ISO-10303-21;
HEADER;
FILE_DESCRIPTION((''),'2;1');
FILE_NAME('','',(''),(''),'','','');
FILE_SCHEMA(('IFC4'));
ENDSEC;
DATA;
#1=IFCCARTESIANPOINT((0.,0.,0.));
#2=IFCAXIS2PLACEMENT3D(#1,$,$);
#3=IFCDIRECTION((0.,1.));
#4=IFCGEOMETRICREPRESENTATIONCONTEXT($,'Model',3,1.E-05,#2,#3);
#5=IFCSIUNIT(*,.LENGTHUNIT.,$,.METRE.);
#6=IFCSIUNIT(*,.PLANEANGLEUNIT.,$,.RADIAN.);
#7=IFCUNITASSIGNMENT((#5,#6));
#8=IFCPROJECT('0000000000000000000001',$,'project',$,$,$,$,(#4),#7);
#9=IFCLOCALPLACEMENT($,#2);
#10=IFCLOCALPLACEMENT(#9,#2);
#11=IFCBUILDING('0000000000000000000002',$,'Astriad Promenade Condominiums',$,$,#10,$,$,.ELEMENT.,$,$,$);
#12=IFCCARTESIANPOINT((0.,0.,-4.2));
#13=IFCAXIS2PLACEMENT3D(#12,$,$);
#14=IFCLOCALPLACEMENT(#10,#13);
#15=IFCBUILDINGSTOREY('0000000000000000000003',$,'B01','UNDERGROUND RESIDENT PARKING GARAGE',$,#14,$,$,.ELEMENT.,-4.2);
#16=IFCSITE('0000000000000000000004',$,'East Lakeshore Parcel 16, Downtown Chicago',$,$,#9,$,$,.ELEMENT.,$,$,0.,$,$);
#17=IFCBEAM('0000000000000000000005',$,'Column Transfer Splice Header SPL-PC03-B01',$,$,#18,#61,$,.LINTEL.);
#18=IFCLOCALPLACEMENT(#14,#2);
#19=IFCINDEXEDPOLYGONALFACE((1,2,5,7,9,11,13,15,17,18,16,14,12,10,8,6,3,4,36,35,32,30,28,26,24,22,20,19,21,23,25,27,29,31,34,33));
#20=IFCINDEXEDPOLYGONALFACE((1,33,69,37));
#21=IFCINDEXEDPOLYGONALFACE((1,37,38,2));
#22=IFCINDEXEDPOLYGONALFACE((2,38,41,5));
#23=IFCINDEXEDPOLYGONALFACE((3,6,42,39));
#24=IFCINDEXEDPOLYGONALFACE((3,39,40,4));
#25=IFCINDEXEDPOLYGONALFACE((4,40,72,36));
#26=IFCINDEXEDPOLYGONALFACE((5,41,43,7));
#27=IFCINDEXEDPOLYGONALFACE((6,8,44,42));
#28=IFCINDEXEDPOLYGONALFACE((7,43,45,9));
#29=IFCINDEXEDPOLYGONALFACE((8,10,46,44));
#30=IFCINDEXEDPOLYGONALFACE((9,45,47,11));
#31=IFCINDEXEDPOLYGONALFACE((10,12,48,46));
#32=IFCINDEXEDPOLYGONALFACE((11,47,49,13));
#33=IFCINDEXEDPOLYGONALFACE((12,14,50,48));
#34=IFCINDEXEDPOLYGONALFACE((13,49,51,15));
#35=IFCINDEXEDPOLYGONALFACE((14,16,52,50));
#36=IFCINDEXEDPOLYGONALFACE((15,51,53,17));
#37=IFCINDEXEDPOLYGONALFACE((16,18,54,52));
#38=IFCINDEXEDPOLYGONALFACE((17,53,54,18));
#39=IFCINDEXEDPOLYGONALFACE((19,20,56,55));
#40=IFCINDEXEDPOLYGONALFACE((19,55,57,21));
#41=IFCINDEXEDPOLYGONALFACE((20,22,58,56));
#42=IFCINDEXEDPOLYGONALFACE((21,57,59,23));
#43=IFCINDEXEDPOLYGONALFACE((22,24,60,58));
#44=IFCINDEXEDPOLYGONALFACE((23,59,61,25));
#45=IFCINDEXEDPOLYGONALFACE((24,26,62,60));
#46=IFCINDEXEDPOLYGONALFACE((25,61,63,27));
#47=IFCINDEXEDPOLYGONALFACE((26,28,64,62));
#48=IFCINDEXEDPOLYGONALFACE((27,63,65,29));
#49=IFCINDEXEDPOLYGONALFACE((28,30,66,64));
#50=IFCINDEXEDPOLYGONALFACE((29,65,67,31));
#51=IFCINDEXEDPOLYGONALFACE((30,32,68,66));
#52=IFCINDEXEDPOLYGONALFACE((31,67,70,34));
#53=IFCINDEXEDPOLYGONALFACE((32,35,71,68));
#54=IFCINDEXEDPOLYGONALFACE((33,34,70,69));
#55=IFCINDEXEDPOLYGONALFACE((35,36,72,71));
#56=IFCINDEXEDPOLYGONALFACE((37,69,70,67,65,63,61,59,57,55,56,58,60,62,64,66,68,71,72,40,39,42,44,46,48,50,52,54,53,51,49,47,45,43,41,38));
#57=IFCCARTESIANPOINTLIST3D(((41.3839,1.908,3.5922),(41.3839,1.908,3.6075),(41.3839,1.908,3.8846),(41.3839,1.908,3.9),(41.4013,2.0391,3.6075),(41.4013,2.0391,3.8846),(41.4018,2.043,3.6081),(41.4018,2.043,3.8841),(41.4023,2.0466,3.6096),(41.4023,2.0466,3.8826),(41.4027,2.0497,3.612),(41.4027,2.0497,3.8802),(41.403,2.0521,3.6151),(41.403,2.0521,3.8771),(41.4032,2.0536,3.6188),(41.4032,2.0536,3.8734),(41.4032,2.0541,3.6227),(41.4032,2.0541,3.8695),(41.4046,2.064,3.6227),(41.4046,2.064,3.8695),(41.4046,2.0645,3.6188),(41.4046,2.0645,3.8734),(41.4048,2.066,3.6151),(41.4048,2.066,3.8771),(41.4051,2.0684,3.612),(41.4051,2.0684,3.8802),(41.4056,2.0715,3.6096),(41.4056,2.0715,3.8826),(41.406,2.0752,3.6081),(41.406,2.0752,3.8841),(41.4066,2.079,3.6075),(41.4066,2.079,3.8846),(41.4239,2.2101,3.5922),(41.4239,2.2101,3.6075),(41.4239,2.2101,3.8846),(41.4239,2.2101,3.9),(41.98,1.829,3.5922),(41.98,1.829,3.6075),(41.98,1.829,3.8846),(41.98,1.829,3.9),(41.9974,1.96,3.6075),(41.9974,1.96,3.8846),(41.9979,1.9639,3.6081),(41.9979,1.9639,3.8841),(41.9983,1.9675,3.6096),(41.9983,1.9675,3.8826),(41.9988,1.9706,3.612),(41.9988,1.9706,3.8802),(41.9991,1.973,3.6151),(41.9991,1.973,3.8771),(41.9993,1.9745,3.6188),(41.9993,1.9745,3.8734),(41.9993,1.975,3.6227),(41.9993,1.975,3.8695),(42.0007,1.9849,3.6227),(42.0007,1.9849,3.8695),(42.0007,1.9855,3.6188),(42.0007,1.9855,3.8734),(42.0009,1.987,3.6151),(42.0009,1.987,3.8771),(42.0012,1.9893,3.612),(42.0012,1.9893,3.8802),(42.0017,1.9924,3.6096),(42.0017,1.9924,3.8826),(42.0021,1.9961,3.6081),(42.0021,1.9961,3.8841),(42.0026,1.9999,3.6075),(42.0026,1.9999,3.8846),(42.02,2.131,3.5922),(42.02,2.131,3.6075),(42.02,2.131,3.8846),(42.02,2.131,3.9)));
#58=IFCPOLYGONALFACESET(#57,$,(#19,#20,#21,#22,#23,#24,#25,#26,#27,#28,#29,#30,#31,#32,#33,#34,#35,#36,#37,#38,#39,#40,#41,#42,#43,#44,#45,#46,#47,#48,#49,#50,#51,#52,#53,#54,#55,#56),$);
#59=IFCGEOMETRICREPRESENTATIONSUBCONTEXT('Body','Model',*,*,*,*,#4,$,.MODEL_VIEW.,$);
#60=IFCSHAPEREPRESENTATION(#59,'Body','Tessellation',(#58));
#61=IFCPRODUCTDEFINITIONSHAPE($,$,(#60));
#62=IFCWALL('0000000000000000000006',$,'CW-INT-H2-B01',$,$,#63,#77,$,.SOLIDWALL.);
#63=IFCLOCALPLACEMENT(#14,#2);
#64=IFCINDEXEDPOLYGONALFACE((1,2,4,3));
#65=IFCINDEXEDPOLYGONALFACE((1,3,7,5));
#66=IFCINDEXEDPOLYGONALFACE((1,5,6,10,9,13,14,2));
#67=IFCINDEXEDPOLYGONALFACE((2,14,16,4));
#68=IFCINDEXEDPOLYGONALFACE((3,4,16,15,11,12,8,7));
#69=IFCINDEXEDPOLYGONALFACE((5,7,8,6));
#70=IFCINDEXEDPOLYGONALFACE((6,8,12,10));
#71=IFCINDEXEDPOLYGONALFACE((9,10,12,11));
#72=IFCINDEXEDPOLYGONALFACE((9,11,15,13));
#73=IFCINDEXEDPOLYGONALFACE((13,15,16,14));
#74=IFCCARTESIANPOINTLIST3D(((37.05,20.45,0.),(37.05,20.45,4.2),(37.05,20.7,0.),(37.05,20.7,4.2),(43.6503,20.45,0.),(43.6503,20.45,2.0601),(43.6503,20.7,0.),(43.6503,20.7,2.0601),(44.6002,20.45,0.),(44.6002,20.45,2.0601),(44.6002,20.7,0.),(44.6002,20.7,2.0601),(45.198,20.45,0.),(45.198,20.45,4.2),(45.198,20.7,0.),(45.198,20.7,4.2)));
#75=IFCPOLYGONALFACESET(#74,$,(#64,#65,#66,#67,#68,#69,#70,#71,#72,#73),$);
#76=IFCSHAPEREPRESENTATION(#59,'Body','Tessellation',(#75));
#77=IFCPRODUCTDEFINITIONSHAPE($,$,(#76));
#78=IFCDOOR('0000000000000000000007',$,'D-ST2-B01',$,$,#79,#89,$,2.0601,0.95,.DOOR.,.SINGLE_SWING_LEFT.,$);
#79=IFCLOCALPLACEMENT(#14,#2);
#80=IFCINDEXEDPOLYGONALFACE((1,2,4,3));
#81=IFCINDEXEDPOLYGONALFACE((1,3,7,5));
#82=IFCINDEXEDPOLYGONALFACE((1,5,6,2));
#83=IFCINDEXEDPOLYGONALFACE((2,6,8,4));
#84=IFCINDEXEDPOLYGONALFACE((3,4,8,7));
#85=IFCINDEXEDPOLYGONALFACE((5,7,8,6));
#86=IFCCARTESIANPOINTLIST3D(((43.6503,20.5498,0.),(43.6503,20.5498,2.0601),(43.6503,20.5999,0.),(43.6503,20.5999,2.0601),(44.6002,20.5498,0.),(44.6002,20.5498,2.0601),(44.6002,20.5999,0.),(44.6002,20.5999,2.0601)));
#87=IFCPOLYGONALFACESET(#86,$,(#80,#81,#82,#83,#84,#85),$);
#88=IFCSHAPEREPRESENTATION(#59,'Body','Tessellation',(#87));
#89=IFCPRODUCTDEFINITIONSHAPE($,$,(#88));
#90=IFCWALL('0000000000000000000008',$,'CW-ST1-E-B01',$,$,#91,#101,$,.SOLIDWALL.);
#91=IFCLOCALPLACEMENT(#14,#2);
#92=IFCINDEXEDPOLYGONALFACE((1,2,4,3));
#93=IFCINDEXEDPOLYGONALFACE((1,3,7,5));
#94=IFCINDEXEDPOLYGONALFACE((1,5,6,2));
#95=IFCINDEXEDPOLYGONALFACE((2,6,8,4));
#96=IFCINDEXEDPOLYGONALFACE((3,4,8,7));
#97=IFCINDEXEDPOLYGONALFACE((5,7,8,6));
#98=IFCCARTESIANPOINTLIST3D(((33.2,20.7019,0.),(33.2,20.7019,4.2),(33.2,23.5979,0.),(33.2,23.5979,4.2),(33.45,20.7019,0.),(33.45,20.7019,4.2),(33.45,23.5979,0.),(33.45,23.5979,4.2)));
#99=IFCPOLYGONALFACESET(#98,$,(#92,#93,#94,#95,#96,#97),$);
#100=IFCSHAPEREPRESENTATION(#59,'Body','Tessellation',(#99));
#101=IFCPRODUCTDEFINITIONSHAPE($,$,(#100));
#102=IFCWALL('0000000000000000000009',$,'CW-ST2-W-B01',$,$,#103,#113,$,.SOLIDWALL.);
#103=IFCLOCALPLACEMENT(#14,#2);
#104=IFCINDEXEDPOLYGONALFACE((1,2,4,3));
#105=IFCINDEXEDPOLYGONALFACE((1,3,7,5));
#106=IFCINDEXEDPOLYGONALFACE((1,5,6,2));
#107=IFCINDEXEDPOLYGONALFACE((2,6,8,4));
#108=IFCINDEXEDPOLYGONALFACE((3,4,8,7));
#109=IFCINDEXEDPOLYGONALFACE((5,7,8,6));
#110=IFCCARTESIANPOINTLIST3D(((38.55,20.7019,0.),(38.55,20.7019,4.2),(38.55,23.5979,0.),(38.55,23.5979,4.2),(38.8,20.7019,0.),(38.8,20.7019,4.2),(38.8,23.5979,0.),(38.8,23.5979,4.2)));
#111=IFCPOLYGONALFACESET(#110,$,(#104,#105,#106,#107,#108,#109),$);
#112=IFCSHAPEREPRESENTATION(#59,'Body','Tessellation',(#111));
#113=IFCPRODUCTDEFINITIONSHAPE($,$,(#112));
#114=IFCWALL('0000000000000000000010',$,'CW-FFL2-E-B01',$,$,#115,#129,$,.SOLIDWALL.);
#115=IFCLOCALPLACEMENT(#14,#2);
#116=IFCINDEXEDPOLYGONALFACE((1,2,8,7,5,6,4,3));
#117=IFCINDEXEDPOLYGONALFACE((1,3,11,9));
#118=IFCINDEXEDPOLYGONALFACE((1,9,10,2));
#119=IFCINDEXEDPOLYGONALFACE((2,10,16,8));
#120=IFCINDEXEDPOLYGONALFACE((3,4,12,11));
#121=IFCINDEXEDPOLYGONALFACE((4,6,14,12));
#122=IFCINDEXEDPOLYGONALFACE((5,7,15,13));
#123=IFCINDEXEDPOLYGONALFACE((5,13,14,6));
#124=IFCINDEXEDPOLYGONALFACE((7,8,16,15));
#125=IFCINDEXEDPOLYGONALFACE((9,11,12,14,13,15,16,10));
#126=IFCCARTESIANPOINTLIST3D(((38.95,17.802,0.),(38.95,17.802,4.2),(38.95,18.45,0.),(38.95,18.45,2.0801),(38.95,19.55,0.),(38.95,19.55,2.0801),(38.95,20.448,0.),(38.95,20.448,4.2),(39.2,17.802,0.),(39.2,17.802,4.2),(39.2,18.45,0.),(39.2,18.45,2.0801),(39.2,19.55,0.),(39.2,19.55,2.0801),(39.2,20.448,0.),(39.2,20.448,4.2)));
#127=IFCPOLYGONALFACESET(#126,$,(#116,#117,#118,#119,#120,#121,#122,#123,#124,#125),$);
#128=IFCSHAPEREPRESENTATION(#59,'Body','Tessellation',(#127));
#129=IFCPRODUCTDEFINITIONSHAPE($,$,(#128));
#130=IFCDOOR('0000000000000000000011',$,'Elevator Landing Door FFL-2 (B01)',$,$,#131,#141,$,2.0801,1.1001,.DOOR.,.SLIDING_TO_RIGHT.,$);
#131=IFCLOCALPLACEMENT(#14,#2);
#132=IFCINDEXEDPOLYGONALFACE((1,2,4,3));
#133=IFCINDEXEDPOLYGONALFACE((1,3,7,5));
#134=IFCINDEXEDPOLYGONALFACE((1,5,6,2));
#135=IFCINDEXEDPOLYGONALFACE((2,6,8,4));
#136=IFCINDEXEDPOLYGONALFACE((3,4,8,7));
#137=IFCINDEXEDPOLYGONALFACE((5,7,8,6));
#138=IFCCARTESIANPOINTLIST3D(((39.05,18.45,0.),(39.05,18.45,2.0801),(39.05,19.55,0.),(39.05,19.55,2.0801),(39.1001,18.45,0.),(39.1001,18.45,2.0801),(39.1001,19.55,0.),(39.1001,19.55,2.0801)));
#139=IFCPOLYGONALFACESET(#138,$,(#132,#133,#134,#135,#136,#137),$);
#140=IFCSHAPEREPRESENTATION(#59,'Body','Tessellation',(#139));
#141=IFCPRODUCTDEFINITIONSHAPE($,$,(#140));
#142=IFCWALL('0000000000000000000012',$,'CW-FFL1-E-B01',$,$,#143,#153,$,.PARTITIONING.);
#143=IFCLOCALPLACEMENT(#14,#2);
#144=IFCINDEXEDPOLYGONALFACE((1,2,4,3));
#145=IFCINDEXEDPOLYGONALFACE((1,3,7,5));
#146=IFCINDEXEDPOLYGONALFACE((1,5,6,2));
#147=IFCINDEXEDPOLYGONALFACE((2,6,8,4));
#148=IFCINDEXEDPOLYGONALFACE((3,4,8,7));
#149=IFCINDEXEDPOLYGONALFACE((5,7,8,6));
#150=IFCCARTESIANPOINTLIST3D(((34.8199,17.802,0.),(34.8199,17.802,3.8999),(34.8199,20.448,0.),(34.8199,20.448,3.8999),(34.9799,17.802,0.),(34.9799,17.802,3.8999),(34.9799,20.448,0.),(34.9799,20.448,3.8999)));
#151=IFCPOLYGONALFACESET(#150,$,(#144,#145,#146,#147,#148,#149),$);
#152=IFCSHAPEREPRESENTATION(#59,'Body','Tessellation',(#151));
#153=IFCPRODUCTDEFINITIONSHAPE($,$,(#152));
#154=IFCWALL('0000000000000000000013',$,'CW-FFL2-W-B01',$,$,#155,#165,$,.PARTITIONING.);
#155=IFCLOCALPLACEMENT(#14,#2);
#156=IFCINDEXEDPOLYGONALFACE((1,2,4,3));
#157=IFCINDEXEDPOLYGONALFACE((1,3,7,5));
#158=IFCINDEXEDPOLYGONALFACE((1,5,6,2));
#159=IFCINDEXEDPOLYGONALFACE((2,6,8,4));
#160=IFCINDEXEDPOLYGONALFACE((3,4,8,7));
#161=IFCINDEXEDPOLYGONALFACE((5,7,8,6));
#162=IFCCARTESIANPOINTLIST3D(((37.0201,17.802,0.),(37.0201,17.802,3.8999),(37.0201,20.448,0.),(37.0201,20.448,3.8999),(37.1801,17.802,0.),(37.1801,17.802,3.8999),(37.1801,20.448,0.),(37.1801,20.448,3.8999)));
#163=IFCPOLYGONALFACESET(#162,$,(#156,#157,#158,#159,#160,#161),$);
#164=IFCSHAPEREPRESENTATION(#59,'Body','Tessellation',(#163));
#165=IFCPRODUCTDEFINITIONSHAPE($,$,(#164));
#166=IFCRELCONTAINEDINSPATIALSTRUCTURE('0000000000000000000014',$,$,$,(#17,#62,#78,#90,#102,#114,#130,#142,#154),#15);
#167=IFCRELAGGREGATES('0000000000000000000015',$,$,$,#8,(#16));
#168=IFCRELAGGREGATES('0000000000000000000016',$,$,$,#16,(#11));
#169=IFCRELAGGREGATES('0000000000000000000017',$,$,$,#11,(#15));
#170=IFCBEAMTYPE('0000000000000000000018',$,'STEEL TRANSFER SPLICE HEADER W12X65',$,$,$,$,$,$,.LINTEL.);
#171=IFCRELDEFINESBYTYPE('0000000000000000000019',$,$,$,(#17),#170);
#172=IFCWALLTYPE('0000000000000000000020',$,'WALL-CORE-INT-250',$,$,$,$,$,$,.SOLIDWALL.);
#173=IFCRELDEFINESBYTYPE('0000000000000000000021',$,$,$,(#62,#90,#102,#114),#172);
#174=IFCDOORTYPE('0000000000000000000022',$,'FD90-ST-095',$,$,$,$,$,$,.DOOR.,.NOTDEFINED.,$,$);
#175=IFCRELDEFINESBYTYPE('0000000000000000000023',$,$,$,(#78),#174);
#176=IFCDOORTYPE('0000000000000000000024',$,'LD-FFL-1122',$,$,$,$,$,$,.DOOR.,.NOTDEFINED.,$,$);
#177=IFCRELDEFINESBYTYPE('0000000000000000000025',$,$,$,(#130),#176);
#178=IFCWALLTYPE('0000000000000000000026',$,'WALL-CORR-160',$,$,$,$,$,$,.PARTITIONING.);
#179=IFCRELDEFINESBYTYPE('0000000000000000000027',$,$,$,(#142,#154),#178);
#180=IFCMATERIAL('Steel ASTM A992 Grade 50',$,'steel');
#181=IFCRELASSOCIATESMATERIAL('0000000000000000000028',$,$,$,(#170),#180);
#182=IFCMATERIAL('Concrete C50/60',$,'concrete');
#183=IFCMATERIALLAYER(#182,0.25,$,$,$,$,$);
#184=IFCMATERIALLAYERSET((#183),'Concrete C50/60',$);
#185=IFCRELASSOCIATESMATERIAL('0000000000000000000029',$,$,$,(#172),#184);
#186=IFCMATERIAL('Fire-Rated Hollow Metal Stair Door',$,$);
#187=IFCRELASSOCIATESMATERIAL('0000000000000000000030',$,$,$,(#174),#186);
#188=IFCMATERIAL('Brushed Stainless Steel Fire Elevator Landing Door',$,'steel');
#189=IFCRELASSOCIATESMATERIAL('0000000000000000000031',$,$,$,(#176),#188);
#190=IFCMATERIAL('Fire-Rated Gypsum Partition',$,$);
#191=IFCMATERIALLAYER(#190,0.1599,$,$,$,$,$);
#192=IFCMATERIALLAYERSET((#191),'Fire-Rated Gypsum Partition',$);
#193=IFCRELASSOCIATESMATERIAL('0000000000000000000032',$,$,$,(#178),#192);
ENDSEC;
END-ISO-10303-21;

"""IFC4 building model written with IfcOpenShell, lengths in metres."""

from ifc_helpers import new_model, si_unit, direction, frame, frame_2d, origin, origin_2d, place, context, subcontext, project, spatial, rectangle, i_section, extrude, source, transform, mapped, material, layer, layer_set, material_profile, profile_set, type_object, type_shapes, element, fill, save


model = new_model("IFC4")

# Units and contexts
model_context = context("Model", 3, precision=1e-05, world=origin(), true_north=direction((0.0, 1.0)))
body_context = subcontext(model_context, "Body", "Model", "MODEL_VIEW")
ifc_project = project(units=[si_unit("LENGTHUNIT", "METRE"), si_unit("PLANEANGLEUNIT", "RADIAN")], contexts=[model_context])

# Site, building, storey
site_placement = place(None, origin())
site = spatial("IfcSite", under=ifc_project, at=site_placement, Name="East Lakeshore Parcel 16, Downtown Chicago", CompositionType="ELEMENT", RefElevation=0.0)
building_placement = place(site_placement, origin())
building = spatial("IfcBuilding", under=site, at=building_placement, Name="Astriad Promenade Condominiums", CompositionType="ELEMENT")
storey_placement = place(building_placement, frame((0.0, 0.0, -4.2)))
storey = spatial("IfcBuildingStorey", under=building, at=storey_placement, Name="B01", Description="UNDERGROUND RESIDENT PARKING GARAGE", CompositionType="ELEMENT", Elevation=-4.2)

# Shared definitions
ifc_material_1 = material(Name="Steel ASTM A992 Grade 50", Category="steel")

# Beam
ifc_material_2 = material(Name="Concrete C50/60", Category="concrete")
ifc_material_profile_1 = material_profile(ifc_material_1, i_section(OverallWidth=0.3047, OverallDepth=0.3079, WebThickness=0.01, FlangeThickness=0.0154, FilletRadius=0.0151, at=origin_2d()), Name="W12X65")
ifc_profile_set_1 = profile_set([ifc_material_profile_1], Name="Steel ASTM A992 Grade 50")
beam_type_1 = type_object("IfcBeamType", Name="STEEL TRANSFER SPLICE HEADER W12X65", PredefinedType="LINTEL", material=ifc_profile_set_1)
shared_shape_1 = source(origin(), body_context, "Body", "SweptSolid", [
    extrude(i_section(OverallWidth=0.3047, OverallDepth=0.3079, WebThickness=0.01, FlangeThickness=0.0154, FilletRadius=0.0151, at=origin_2d()), origin(), (0.0, 0.0, 1.0), 0.6013),
])
beam_1_placement = place(storey_placement, frame((42.0, 1.98, 3.7461), z_axis=(-0.991313, 0.131526, 0.0), x_axis=(-0.131526, -0.991313, 0.0)))
element("IfcBeam", 1, at=beam_1_placement, inside=storey, type_object=beam_type_1, Name="Column Transfer Splice Header SPL-PC03-B01", PredefinedType="LINTEL", context=body_context, shape_type="MappedRepresentation", body=[
    mapped(shared_shape_1, transform((0.0, 0.0, 0.0), scale=1.0)),
])

# Wall, opening, door
ifc_layer_1 = layer(ifc_material_2, 0.25)
ifc_layer_set_1 = layer_set([ifc_layer_1], Name="Concrete C50/60")
wall_type_1 = type_object("IfcWallType", Name="WALL-CORE-INT-250", PredefinedType="SOLIDWALL", material=ifc_layer_set_1)
wall_1_placement = place(storey_placement, frame((37.05, 20.575, 0.0), z_axis=(0.0, 0.0, 1.0), x_axis=(1.0, 0.0, 0.0)))
wall_1 = element("IfcWall", 2, at=wall_1_placement, inside=storey, type_object=wall_type_1, Name="CW-INT-H2-B01", PredefinedType="SOLIDWALL", context=body_context, shape_type="SweptSolid", body=[
    extrude(rectangle(XDim=8.1479, YDim=0.25, at=frame_2d((4.074, 0.0))), origin(), (0.0, 0.0, 1.0), 4.2),
])
opening_1_placement = place(wall_1_placement, frame((6.6001, 0.0, 0.0)))
opening_1 = element("IfcOpeningElement", 3, at=opening_1_placement, cuts=wall_1, PredefinedType="OPENING", context=body_context, shape_type="SweptSolid", body=[
    extrude(rectangle(XDim=0.95, YDim=2.0601, at=frame_2d((0.4751, 1.03))), frame((0.0, 0.135, 0.0), z_axis=(0.0, -1.0, 0.0), x_axis=(1.0, 0.0, 0.0)), (0.0, 0.0, 1.0), 0.27),
])
ifc_material_3 = material(Name="Fire-Rated Hollow Metal Stair Door")
door_type_1 = type_object("IfcDoorType", Name="FD90-ST-095", OperationType="NOTDEFINED", PredefinedType="DOOR", material=ifc_material_3)
shared_shape_2 = source(origin(), body_context, "Body", "SweptSolid", [
    extrude(rectangle(XDim=0.95, YDim=2.0601, at=frame_2d((0.4751, 1.03))), frame((0.0, 0.0249, 0.0), z_axis=(0.0, -1.0, 0.0), x_axis=(1.0, 0.0, 0.0)), (0.0, 0.0, 1.0), 0.05),
])
type_shapes(door_type_1, [shared_shape_2])
door_1_placement = place(opening_1_placement, origin())
door_1 = element("IfcDoor", 4, at=door_1_placement, inside=storey, type_object=door_type_1, Name="D-ST2-B01", OperationType="SINGLE_SWING_LEFT", OverallHeight=2.0601, OverallWidth=0.95, PredefinedType="DOOR", context=body_context, shape_type="MappedRepresentation", body=[
    mapped(shared_shape_2, transform((0.0, 0.0, 0.0), scale=1.0)),
])
fill(opening_1, door_1)

# Walls
for number, where, z_axis, x_axis, name in (
    (5, (33.325, 20.7019, 0.0), (0.0, 0.0, 1.0), (0.0, 1.0, 0.0), "CW-ST1-E-B01"),
    (6, (38.675, 20.7019, 0.0), (0.0, 0.0, 1.0), (0.0, 1.0, 0.0), "CW-ST2-W-B01"),
):
    element("IfcWall", number, at=place(storey_placement, frame(where, z_axis=z_axis, x_axis=x_axis)), inside=storey, type_object=wall_type_1, Name=name, PredefinedType="SOLIDWALL", context=body_context, shape_type="SweptSolid", body=[
        extrude(rectangle(XDim=2.896, YDim=0.25, at=frame_2d((1.448, 0.0))), origin(), (0.0, 0.0, 1.0), 4.2),
    ])

# Wall, opening, door
wall_2_placement = place(storey_placement, frame((39.075, 17.802, 0.0), z_axis=(0.0, 0.0, 1.0), x_axis=(0.0, 1.0, 0.0)))
wall_2 = element("IfcWall", 7, at=wall_2_placement, inside=storey, type_object=wall_type_1, Name="CW-FFL2-E-B01", PredefinedType="SOLIDWALL", context=body_context, shape_type="SweptSolid", body=[
    extrude(rectangle(XDim=2.646, YDim=0.25, at=frame_2d((1.323, 0.0))), origin(), (0.0, 0.0, 1.0), 4.2),
])
opening_2_placement = place(wall_2_placement, frame((0.6479, 0.0, 0.0)))
opening_2 = element("IfcOpeningElement", 8, at=opening_2_placement, cuts=wall_2, PredefinedType="OPENING", context=body_context, shape_type="SweptSolid", body=[
    extrude(rectangle(XDim=1.1001, YDim=2.0801, at=frame_2d((0.55, 1.04))), frame((0.0, 0.135, 0.0), z_axis=(0.0, -1.0, 0.0), x_axis=(1.0, 0.0, 0.0)), (0.0, 0.0, 1.0), 0.27),
])
ifc_material_4 = material(Name="Brushed Stainless Steel Fire Elevator Landing Door", Category="steel")
door_type_2 = type_object("IfcDoorType", Name="LD-FFL-1122", OperationType="NOTDEFINED", PredefinedType="DOOR", material=ifc_material_4)
shared_shape_3 = source(origin(), body_context, "Body", "SweptSolid", [
    extrude(rectangle(XDim=1.1001, YDim=2.0801, at=frame_2d((0.55, 1.04))), frame((0.0, 0.0249, 0.0), z_axis=(0.0, -1.0, 0.0), x_axis=(1.0, 0.0, 0.0)), (0.0, 0.0, 1.0), 0.05),
])
type_shapes(door_type_2, [shared_shape_3])
door_2_placement = place(opening_2_placement, origin())
door_2 = element("IfcDoor", 9, at=door_2_placement, inside=storey, type_object=door_type_2, Name="Elevator Landing Door FFL-2 (B01)", OperationType="SLIDING_TO_RIGHT", OverallHeight=2.0801, OverallWidth=1.1001, PredefinedType="DOOR", context=body_context, shape_type="MappedRepresentation", body=[
    mapped(shared_shape_3, transform((0.0, 0.0, 0.0), scale=1.0)),
])
fill(opening_2, door_2)

# Walls
ifc_material_5 = material(Name="Fire-Rated Gypsum Partition")
ifc_layer_2 = layer(ifc_material_5, 0.1599)
ifc_layer_set_2 = layer_set([ifc_layer_2], Name="Fire-Rated Gypsum Partition")
wall_type_2 = type_object("IfcWallType", Name="WALL-CORR-160", PredefinedType="PARTITIONING", material=ifc_layer_set_2)
for number, where, z_axis, x_axis, name in (
    (10, (34.8999, 17.802, 0.0), (0.0, 0.0, 1.0), (0.0, 1.0, 0.0), "CW-FFL1-E-B01"),
    (11, (37.1001, 17.802, 0.0), (0.0, 0.0, 1.0), (0.0, 1.0, 0.0), "CW-FFL2-W-B01"),
):
    element("IfcWall", number, at=place(storey_placement, frame(where, z_axis=z_axis, x_axis=x_axis)), inside=storey, type_object=wall_type_2, Name=name, PredefinedType="PARTITIONING", context=body_context, shape_type="SweptSolid", body=[
        extrude(rectangle(XDim=2.646, YDim=0.1599, at=frame_2d((1.323, 0.0))), origin(), (0.0, 0.0, 1.0), 3.8999),
    ])

save(model, "model.ifc")
